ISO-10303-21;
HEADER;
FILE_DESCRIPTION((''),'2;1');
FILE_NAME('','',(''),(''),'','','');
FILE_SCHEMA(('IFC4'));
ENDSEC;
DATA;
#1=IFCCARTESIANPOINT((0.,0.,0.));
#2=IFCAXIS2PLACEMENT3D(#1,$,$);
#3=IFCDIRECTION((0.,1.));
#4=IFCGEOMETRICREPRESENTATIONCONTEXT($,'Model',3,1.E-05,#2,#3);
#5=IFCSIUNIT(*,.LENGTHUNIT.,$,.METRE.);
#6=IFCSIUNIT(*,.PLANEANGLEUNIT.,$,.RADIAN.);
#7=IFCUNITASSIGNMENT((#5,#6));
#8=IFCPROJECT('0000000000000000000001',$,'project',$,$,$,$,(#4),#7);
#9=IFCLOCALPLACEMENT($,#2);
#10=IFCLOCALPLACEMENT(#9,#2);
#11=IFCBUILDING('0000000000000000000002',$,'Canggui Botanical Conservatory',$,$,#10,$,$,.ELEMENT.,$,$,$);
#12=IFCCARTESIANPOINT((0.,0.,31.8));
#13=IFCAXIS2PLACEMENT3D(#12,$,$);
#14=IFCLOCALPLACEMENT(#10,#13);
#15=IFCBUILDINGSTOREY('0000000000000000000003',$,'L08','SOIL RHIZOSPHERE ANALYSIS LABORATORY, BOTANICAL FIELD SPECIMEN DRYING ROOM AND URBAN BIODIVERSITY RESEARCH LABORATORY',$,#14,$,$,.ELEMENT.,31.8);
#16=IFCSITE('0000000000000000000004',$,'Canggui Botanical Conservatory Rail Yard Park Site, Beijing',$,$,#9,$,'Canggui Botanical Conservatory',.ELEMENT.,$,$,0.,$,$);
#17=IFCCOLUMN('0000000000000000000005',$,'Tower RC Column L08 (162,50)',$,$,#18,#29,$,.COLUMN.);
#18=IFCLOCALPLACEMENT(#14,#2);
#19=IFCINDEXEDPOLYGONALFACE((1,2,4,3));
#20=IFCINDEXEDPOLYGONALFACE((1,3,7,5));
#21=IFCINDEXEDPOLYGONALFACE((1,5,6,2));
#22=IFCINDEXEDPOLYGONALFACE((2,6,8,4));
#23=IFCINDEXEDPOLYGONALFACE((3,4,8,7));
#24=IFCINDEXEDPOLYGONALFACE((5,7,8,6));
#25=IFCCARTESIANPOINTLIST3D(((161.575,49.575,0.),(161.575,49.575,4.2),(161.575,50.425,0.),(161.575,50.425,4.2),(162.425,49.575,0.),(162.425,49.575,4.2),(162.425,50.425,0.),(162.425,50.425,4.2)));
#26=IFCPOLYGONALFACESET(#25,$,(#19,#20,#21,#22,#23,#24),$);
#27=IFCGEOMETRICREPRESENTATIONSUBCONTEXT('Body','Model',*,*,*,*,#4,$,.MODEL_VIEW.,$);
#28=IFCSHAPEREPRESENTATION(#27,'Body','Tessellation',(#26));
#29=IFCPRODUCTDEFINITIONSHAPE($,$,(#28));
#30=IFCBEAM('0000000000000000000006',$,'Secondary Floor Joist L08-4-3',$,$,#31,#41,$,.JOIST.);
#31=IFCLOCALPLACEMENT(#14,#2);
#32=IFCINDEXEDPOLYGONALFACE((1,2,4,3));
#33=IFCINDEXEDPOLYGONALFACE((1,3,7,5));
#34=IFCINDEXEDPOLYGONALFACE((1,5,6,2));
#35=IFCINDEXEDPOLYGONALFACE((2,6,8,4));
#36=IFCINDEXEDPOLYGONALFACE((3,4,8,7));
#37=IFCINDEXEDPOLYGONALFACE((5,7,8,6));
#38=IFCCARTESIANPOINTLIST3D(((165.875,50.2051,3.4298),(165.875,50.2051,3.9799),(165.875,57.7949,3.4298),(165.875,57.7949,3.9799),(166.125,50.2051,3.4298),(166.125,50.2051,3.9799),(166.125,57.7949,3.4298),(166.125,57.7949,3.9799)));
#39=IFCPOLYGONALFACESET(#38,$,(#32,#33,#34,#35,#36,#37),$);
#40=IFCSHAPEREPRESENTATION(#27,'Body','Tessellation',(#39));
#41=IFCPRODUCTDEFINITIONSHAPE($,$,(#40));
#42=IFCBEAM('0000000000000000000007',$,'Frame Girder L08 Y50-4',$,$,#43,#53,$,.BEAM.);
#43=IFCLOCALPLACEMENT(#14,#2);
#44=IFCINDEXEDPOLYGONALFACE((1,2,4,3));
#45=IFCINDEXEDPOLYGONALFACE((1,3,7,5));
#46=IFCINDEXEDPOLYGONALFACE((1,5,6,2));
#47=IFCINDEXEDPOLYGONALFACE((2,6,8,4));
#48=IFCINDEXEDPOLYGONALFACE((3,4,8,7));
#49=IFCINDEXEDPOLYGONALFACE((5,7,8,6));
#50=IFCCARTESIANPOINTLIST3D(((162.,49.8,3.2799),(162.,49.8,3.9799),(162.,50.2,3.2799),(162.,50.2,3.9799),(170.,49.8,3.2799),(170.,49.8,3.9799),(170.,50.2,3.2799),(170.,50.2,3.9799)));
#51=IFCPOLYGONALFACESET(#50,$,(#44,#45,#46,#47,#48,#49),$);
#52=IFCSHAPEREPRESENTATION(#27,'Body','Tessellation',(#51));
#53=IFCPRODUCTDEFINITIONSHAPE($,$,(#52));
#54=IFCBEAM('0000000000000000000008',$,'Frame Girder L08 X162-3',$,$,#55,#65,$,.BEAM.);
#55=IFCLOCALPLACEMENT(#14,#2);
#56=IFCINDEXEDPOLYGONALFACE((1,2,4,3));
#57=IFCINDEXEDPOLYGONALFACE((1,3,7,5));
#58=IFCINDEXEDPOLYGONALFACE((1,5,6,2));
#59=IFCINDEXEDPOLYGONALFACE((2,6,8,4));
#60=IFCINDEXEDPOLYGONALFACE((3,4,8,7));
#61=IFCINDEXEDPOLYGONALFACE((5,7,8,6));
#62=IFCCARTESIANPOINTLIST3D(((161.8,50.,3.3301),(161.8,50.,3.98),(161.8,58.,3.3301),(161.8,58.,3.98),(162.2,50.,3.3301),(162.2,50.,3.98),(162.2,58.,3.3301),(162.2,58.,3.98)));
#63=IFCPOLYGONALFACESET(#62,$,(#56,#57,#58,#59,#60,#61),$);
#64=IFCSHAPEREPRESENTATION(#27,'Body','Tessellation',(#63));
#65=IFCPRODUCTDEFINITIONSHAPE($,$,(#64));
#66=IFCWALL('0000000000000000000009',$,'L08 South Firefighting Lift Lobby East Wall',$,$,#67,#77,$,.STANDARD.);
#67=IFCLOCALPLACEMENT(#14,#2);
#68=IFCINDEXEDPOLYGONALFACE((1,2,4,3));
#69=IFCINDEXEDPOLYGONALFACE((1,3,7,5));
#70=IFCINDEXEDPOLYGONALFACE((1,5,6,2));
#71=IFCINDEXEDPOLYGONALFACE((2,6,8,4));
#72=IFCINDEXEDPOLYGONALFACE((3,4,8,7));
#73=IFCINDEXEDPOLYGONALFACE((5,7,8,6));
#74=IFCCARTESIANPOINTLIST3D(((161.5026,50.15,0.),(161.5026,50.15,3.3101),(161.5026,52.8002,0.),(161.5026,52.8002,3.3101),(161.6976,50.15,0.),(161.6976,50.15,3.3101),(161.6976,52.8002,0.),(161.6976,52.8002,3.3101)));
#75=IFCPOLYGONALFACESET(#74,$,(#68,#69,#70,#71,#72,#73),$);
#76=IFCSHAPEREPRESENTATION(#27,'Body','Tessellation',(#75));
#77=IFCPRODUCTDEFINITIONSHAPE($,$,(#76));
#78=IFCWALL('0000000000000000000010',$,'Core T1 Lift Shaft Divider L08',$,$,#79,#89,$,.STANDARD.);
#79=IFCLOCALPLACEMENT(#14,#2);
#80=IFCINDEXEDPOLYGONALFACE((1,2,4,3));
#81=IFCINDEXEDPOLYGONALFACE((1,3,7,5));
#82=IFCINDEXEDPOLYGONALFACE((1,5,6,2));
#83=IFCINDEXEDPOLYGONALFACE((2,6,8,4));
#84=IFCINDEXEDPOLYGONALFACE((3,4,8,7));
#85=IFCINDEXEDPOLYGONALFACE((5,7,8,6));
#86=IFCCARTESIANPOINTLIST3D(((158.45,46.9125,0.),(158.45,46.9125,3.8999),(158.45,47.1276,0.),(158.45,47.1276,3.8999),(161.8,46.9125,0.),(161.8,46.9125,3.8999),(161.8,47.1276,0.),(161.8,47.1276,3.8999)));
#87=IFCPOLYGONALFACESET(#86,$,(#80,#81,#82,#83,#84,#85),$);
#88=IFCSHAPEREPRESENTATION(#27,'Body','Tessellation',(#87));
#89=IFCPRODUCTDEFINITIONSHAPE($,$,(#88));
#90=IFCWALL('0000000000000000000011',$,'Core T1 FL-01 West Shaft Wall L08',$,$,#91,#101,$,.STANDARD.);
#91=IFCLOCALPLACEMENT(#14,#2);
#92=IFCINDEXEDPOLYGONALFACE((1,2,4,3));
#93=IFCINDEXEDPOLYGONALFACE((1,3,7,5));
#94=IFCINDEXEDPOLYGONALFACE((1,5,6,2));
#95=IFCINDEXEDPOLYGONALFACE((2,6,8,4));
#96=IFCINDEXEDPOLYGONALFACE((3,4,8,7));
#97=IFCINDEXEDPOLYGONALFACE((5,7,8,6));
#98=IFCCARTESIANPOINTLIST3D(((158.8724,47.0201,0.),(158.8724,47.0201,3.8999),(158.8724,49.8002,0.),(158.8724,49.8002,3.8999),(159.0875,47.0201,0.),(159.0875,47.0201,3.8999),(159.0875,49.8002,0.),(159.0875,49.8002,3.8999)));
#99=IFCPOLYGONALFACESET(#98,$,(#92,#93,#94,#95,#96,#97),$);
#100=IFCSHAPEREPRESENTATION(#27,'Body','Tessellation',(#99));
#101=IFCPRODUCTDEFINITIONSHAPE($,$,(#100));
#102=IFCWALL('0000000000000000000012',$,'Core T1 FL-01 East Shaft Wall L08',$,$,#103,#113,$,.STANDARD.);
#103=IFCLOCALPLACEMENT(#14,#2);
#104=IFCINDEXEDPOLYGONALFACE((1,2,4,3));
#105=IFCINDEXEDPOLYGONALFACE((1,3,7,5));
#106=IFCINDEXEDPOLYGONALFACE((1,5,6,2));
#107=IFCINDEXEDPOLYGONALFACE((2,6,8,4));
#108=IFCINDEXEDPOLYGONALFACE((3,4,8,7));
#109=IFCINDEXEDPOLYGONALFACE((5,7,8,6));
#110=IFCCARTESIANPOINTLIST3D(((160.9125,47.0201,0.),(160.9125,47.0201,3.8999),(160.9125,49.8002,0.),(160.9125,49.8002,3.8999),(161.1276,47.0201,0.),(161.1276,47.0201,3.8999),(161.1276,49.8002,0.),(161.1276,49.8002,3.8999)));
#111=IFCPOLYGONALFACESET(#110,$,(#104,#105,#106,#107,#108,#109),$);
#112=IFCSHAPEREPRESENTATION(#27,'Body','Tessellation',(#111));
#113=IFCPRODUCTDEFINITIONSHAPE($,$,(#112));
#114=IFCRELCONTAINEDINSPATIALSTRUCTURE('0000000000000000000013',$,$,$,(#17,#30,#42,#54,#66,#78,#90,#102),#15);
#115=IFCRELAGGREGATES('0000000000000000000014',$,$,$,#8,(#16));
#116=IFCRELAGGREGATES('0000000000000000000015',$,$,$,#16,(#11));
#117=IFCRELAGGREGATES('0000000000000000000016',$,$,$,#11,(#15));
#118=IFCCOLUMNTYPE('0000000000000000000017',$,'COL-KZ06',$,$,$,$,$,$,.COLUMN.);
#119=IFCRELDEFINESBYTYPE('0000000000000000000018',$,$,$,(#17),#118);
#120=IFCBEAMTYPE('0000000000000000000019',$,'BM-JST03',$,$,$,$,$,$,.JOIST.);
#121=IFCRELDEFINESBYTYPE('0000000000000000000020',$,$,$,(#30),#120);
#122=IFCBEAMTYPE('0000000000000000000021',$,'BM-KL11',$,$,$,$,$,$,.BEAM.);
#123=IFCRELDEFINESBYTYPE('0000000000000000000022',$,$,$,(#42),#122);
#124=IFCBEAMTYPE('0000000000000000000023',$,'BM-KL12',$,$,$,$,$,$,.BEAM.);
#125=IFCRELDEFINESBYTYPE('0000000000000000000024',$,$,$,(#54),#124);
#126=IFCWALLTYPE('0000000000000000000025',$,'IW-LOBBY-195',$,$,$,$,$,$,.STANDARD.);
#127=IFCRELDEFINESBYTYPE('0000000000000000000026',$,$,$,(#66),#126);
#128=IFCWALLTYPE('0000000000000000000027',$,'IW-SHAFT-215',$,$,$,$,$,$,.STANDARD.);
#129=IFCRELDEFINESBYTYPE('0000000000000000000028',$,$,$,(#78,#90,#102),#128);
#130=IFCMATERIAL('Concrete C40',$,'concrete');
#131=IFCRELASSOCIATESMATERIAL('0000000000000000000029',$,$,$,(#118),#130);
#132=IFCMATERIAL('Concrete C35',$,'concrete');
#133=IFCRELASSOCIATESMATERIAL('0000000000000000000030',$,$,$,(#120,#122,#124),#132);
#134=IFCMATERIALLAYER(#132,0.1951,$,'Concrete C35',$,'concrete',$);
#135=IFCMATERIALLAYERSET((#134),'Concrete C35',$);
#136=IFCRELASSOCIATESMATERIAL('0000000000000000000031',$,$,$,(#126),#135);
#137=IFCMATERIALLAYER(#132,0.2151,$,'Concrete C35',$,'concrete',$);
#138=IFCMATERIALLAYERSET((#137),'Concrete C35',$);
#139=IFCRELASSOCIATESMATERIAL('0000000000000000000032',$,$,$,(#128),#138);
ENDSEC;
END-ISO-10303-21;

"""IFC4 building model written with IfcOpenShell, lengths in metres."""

from ifc_helpers import new_model, si_unit, direction, frame, frame_2d, origin, origin_2d, place, context, subcontext, project, spatial, rectangle, extrude, material, layer, layer_set, material_profile, profile_set, type_object, element, save


model = new_model("IFC4")

# Units and contexts
model_context = context("Model", 3, precision=1e-05, world=origin(), true_north=direction((0.0, 1.0)))
body_context = subcontext(model_context, "Body", "Model", "MODEL_VIEW")
ifc_project = project(units=[si_unit("LENGTHUNIT", "METRE"), si_unit("PLANEANGLEUNIT", "RADIAN")], contexts=[model_context])

# Site, building, storey
site_placement = place(None, origin())
site = spatial("IfcSite", under=ifc_project, at=site_placement, Name="Canggui Botanical Conservatory Rail Yard Park Site, Beijing", LongName="Canggui Botanical Conservatory", CompositionType="ELEMENT", RefElevation=0.0)
building_placement = place(site_placement, origin())
building = spatial("IfcBuilding", under=site, at=building_placement, Name="Canggui Botanical Conservatory", CompositionType="ELEMENT")
storey_placement = place(building_placement, frame((0.0, 0.0, 31.8)))
storey = spatial("IfcBuildingStorey", under=building, at=storey_placement, Name="L08", Description="SOIL RHIZOSPHERE ANALYSIS LABORATORY, BOTANICAL FIELD SPECIMEN DRYING ROOM AND URBAN BIODIVERSITY RESEARCH LABORATORY", CompositionType="ELEMENT", Elevation=31.8)

# Column
ifc_material_1 = material(Name="Concrete C40", Category="concrete")
ifc_material_profile_1 = material_profile(ifc_material_1, rectangle(XDim=0.8501, YDim=0.8501, at=origin_2d()), Name="RC 850x850")
ifc_profile_set_1 = profile_set([ifc_material_profile_1], Name="Concrete C40")
column_type = type_object("IfcColumnType", Name="COL-KZ06", PredefinedType="COLUMN", material=ifc_profile_set_1)
column_placement = place(storey_placement, frame((162.0, 50.0, 0.0), z_axis=(0.0, 0.0, 1.0), x_axis=(1.0, 0.0, 0.0)))
element("IfcColumn", 1, at=column_placement, inside=storey, type_object=column_type, Name="Tower RC Column L08 (162,50)", PredefinedType="COLUMN", context=body_context, shape_type="SweptSolid", body=[
    extrude(rectangle(XDim=0.8501, YDim=0.8501, at=origin_2d()), origin(), (0.0, 0.0, 1.0), 4.2),
])

# Beams
ifc_material_2 = material(Name="Concrete C35", Category="concrete")
ifc_material_profile_2 = material_profile(ifc_material_2, rectangle(XDim=0.25, YDim=0.55, at=origin_2d()), Name="RB 250x550")
ifc_profile_set_2 = profile_set([ifc_material_profile_2], Name="Concrete C35")
beam_type_1 = type_object("IfcBeamType", Name="BM-JST03", PredefinedType="JOIST", material=ifc_profile_set_2)
beam_1_placement = place(storey_placement, frame((166.0, 50.2051, 3.7048), z_axis=(0.0, 1.0, 0.0), x_axis=(-1.0, 0.0, 0.0)))
element("IfcBeam", 2, at=beam_1_placement, inside=storey, type_object=beam_type_1, Name="Secondary Floor Joist L08-4-3", PredefinedType="JOIST", context=body_context, shape_type="SweptSolid", body=[
    extrude(rectangle(XDim=0.25, YDim=0.55, at=origin_2d()), origin(), (0.0, 0.0, 1.0), 7.5898),
])
ifc_material_profile_3 = material_profile(ifc_material_2, rectangle(XDim=0.3999, YDim=0.7, at=origin_2d()), Name="RB 400x700")
ifc_profile_set_3 = profile_set([ifc_material_profile_3], Name="Concrete C35")
beam_type_2 = type_object("IfcBeamType", Name="BM-KL11", PredefinedType="BEAM", material=ifc_profile_set_3)
beam_2_placement = place(storey_placement, frame((162.0, 50.0, 3.6299), z_axis=(1.0, 0.0, 0.0), x_axis=(0.0, 1.0, 0.0)))
element("IfcBeam", 3, at=beam_2_placement, inside=storey, type_object=beam_type_2, Name="Frame Girder L08 Y50-4", PredefinedType="BEAM", context=body_context, shape_type="SweptSolid", body=[
    extrude(rectangle(XDim=0.3999, YDim=0.7, at=origin_2d()), origin(), (0.0, 0.0, 1.0), 8.0),
])
ifc_material_profile_4 = material_profile(ifc_material_2, rectangle(XDim=0.3999, YDim=0.6499, at=origin_2d()), Name="RB 400x650")
ifc_profile_set_4 = profile_set([ifc_material_profile_4], Name="Concrete C35")
beam_type_3 = type_object("IfcBeamType", Name="BM-KL12", PredefinedType="BEAM", material=ifc_profile_set_4)
beam_3_placement = place(storey_placement, frame((162.0, 50.0, 3.655), z_axis=(0.0, 1.0, 0.0), x_axis=(-1.0, 0.0, 0.0)))
element("IfcBeam", 4, at=beam_3_placement, inside=storey, type_object=beam_type_3, Name="Frame Girder L08 X162-3", PredefinedType="BEAM", context=body_context, shape_type="SweptSolid", body=[
    extrude(rectangle(XDim=0.3999, YDim=0.6499, at=origin_2d()), origin(), (0.0, 0.0, 1.0), 8.0),
])

# Walls
ifc_layer_1 = layer(ifc_material_2, 0.1951, Name="Concrete C35", Category="concrete")
ifc_layer_set_1 = layer_set([ifc_layer_1], Name="Concrete C35")
wall_type_1 = type_object("IfcWallType", Name="IW-LOBBY-195", PredefinedType="STANDARD", material=ifc_layer_set_1)
wall_1_placement = place(storey_placement, frame((161.6001, 50.1499, 0.0), z_axis=(0.0, 0.0, 1.0), x_axis=(0.0, 1.0, 0.0)))
element("IfcWall", 5, at=wall_1_placement, inside=storey, type_object=wall_type_1, Name="L08 South Firefighting Lift Lobby East Wall", PredefinedType="STANDARD", context=body_context, shape_type="SweptSolid", body=[
    extrude(rectangle(XDim=2.6501, YDim=0.1951, at=frame_2d((1.3252, 0.0))), origin(), (0.0, 0.0, 1.0), 3.3101),
])
ifc_layer_2 = layer(ifc_material_2, 0.2151, Name="Concrete C35", Category="concrete")
ifc_layer_set_2 = layer_set([ifc_layer_2], Name="Concrete C35")
wall_type_2 = type_object("IfcWallType", Name="IW-SHAFT-215", PredefinedType="STANDARD", material=ifc_layer_set_2)
wall_2_placement = place(storey_placement, frame((158.45, 47.02, 0.0), z_axis=(0.0, 0.0, 1.0), x_axis=(1.0, 0.0, 0.0)))
element("IfcWall", 6, at=wall_2_placement, inside=storey, type_object=wall_type_2, Name="Core T1 Lift Shaft Divider L08", PredefinedType="STANDARD", context=body_context, shape_type="SweptSolid", body=[
    extrude(rectangle(XDim=3.3501, YDim=0.2151, at=frame_2d((1.675, 0.0))), origin(), (0.0, 0.0, 1.0), 3.8999),
])
for number, where, z_axis, x_axis, name in (
    (7, (158.98, 47.02, 0.0), (0.0, 0.0, 1.0), (0.0, 1.0, 0.0), "Core T1 FL-01 West Shaft Wall L08"),
    (8, (161.02, 47.02, 0.0), (0.0, 0.0, 1.0), (0.0, 1.0, 0.0), "Core T1 FL-01 East Shaft Wall L08"),
):
    element("IfcWall", number, at=place(storey_placement, frame(where, z_axis=z_axis, x_axis=x_axis)), inside=storey, type_object=wall_type_2, Name=name, PredefinedType="STANDARD", context=body_context, shape_type="SweptSolid", body=[
        extrude(rectangle(XDim=2.78, YDim=0.2151, at=frame_2d((1.3901, 0.0))), origin(), (0.0, 0.0, 1.0), 3.8999),
    ])

save(model, "model.ifc")
